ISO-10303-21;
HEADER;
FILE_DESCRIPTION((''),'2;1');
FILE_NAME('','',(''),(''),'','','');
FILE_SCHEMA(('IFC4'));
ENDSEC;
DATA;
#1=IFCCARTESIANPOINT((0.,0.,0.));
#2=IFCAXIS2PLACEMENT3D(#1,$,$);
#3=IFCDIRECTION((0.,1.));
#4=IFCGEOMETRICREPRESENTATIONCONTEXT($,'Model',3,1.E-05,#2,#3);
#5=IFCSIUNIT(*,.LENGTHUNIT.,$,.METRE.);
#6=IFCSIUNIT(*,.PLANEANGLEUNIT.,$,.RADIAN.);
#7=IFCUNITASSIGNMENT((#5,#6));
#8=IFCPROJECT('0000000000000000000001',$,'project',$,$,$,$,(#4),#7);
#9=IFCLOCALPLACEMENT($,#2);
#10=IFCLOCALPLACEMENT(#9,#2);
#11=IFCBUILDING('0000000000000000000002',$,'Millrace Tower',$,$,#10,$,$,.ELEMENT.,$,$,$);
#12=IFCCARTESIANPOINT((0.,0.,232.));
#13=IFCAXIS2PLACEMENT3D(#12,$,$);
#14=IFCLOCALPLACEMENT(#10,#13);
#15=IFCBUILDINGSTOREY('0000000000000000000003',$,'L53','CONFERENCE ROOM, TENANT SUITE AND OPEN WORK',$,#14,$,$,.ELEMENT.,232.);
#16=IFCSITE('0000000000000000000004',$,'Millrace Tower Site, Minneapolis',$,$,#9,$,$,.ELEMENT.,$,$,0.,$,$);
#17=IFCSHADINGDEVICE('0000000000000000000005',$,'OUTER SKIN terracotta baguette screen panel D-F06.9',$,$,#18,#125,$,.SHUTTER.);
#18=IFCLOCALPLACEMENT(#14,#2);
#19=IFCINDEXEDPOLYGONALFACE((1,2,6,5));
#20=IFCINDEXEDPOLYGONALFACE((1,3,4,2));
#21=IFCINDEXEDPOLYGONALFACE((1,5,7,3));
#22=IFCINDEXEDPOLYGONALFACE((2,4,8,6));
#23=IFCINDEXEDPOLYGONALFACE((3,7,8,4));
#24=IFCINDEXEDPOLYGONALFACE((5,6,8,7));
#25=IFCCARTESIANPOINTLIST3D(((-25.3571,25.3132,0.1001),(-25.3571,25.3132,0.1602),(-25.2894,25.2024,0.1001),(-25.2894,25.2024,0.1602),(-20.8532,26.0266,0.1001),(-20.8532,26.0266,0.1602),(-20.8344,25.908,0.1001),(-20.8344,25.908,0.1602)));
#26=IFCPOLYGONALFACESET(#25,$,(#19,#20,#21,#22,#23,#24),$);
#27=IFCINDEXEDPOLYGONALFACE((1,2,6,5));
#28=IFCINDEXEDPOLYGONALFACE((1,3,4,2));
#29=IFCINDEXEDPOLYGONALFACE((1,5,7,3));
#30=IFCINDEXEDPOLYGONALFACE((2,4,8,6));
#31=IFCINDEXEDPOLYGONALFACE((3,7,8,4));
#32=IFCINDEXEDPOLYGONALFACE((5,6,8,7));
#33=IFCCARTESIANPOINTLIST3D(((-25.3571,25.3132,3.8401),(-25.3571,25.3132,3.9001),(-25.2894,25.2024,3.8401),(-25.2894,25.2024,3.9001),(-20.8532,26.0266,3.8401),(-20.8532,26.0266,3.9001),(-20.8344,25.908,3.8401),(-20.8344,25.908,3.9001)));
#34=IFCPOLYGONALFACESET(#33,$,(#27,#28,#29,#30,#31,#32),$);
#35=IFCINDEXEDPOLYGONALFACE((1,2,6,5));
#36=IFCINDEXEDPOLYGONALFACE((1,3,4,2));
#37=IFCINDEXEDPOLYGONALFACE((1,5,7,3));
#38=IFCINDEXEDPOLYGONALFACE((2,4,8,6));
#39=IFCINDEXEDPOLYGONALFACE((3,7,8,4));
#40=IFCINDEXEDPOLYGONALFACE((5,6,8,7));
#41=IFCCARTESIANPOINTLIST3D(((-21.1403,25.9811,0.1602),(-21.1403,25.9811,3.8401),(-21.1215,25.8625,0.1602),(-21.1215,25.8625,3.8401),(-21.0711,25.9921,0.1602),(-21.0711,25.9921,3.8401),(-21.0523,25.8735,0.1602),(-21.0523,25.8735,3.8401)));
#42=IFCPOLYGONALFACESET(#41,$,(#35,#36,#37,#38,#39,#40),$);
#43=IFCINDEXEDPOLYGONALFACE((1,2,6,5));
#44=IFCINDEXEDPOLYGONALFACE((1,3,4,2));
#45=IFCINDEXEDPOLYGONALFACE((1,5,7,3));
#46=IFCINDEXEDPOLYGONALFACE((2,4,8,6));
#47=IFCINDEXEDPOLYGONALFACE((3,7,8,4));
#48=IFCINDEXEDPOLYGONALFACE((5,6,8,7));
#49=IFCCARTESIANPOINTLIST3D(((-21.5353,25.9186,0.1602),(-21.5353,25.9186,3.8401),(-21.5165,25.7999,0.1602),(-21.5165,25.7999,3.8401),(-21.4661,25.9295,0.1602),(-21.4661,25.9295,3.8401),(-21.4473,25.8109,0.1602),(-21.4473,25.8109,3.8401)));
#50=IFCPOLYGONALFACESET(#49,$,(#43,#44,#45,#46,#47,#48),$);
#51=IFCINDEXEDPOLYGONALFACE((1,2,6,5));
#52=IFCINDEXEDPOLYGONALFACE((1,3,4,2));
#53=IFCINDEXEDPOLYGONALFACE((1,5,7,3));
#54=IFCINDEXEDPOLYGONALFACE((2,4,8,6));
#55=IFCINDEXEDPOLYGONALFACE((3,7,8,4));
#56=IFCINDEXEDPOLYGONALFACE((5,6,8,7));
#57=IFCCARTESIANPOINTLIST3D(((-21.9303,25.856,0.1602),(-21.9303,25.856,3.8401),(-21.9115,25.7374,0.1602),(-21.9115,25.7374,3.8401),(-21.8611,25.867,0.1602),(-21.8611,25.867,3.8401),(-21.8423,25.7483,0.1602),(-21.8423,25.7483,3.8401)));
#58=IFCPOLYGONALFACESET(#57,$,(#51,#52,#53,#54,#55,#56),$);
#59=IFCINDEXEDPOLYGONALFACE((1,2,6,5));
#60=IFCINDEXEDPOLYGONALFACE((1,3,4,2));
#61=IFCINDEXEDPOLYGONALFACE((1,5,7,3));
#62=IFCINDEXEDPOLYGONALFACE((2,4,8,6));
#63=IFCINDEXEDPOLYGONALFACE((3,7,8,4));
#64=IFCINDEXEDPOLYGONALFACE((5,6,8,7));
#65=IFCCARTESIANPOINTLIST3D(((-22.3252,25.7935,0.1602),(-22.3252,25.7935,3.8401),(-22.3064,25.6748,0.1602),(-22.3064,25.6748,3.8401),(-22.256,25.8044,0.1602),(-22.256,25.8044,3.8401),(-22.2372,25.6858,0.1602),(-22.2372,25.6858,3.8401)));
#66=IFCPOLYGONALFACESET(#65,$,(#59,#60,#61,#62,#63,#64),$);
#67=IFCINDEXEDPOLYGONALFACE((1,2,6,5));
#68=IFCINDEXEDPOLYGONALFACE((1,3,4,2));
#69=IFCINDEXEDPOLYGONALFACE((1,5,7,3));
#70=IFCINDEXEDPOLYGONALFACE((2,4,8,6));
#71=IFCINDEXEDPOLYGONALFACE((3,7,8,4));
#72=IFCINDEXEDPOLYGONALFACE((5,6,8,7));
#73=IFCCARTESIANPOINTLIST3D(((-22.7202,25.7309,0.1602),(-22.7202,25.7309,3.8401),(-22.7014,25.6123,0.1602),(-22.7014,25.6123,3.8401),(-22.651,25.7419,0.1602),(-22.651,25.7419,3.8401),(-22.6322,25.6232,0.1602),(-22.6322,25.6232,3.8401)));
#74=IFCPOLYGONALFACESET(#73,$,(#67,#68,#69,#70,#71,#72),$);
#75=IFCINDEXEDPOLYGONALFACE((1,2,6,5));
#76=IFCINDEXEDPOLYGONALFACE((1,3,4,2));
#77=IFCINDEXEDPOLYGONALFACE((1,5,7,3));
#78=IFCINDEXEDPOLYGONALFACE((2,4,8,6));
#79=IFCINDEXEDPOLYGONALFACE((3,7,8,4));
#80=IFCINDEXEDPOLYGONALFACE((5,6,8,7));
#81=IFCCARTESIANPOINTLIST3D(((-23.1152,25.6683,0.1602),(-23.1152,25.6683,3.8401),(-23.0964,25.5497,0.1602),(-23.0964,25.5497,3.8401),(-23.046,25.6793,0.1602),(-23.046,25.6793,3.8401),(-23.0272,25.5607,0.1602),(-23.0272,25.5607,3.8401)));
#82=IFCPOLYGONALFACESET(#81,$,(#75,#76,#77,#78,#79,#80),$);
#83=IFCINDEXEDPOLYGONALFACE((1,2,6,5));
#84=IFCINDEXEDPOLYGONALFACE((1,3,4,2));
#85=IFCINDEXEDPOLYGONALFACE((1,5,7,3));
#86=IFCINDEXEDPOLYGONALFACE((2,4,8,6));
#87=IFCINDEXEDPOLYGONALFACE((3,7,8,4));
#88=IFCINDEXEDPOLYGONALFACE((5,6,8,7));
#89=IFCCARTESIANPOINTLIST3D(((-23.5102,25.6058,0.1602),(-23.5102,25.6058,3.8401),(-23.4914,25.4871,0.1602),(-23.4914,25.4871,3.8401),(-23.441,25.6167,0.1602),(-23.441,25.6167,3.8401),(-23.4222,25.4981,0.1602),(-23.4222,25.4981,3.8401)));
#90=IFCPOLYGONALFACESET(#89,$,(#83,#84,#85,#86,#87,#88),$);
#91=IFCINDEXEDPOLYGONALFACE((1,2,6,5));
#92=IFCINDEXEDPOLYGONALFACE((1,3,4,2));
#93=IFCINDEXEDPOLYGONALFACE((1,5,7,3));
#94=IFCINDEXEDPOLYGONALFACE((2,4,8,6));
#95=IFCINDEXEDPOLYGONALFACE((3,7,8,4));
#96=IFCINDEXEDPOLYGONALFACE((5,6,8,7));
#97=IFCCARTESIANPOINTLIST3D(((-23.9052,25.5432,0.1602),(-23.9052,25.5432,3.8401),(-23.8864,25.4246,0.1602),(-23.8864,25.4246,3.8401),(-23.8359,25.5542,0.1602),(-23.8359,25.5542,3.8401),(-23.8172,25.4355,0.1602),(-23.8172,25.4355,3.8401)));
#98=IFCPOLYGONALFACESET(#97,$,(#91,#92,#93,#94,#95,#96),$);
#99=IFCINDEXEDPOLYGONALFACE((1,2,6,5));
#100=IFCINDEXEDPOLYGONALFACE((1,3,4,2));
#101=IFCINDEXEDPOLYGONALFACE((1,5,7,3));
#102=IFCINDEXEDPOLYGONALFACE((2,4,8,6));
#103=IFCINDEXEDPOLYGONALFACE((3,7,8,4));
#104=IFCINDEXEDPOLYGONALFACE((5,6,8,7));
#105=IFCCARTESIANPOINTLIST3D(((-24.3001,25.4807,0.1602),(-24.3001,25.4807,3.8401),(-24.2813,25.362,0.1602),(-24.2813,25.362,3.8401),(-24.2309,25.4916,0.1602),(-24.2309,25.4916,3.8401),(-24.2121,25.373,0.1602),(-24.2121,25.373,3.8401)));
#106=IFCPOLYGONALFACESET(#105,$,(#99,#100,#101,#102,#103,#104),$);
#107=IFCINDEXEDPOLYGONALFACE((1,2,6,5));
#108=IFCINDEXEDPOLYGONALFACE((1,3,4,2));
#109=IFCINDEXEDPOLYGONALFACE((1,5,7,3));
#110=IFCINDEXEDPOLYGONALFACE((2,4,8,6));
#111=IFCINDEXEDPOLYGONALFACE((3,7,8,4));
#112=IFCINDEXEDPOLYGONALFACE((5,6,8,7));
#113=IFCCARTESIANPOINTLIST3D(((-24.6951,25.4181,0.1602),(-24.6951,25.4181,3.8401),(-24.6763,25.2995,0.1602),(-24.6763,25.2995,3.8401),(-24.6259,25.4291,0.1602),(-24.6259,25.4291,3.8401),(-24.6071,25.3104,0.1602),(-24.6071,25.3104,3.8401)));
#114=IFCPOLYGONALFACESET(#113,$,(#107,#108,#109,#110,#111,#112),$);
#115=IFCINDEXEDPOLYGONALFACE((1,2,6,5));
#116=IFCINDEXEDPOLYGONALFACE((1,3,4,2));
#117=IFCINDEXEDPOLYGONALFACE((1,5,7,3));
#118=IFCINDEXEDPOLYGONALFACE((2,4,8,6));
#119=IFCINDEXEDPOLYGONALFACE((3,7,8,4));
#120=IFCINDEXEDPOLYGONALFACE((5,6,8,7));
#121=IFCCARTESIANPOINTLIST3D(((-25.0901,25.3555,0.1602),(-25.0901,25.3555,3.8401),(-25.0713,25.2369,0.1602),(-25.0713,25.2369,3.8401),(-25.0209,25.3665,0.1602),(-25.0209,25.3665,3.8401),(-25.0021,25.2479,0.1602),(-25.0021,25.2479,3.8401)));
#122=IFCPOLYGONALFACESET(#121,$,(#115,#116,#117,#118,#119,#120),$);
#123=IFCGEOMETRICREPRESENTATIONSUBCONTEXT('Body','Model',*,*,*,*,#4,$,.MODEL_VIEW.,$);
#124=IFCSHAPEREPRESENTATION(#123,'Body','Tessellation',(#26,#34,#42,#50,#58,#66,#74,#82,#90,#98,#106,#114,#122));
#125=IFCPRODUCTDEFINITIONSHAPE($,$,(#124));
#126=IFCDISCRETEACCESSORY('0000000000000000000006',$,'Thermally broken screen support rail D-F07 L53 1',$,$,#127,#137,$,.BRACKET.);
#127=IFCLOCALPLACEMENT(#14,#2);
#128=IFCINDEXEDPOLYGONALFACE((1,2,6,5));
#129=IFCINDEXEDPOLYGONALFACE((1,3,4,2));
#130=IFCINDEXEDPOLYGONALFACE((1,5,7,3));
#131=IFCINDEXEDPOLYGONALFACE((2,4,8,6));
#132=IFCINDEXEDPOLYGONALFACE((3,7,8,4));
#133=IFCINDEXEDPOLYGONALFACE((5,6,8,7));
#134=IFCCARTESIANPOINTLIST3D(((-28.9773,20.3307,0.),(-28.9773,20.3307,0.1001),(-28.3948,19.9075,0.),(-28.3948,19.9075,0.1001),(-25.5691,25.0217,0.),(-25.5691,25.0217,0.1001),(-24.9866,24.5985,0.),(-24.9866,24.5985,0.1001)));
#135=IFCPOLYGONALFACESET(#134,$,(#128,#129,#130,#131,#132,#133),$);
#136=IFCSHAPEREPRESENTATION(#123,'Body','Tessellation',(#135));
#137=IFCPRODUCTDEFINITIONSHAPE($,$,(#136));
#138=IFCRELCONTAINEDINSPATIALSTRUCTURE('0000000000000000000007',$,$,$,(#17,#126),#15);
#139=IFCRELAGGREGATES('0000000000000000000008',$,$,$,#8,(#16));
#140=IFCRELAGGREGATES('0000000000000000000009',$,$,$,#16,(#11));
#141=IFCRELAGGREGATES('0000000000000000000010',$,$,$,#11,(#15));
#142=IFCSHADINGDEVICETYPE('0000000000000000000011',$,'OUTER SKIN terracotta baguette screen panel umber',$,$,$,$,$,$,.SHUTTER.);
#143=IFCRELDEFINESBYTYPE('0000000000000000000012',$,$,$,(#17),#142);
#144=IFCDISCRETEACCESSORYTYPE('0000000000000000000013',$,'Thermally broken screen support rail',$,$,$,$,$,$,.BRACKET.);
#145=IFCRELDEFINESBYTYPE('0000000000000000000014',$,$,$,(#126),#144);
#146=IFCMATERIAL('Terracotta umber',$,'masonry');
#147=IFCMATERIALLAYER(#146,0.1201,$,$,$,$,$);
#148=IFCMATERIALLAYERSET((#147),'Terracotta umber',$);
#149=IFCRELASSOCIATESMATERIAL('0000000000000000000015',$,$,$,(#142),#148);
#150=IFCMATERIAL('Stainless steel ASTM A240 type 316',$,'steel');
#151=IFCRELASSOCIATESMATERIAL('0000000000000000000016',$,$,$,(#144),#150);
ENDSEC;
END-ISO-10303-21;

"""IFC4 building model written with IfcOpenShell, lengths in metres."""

from ifc_helpers import new_model, entity, si_unit, direction, frame, frame_2d, origin, origin_2d, place, context, subcontext, project, spatial, rectangle, extrude, source, transform, mapped, material, layer, layer_set, type_object, element, save


model = new_model("IFC4")

# Units and contexts
model_context = context("Model", 3, precision=1e-05, world=origin(), true_north=direction((0.0, 1.0)))
body_context = subcontext(model_context, "Body", "Model", "MODEL_VIEW")
ifc_project = project(units=[si_unit("LENGTHUNIT", "METRE"), si_unit("PLANEANGLEUNIT", "RADIAN")], contexts=[model_context])

# Site, building, storey
site_placement = place(None, origin())
site = spatial("IfcSite", under=ifc_project, at=site_placement, Name="Millrace Tower Site, Minneapolis", CompositionType="ELEMENT", RefElevation=0.0)
building_placement = place(site_placement, origin())
building = spatial("IfcBuilding", under=site, at=building_placement, Name="Millrace Tower", CompositionType="ELEMENT")
storey_placement = place(building_placement, frame((0.0, 0.0, 232.0)))
storey = spatial("IfcBuildingStorey", under=building, at=storey_placement, Name="L53", Description="CONFERENCE ROOM, TENANT SUITE AND OPEN WORK", CompositionType="ELEMENT", Elevation=232.0)

# Shading device
ifc_material_1 = material(Name="Terracotta umber", Category="masonry")
ifc_layer_1 = layer(ifc_material_1, 0.1201)
ifc_layer_set_1 = layer_set([ifc_layer_1], Name="Terracotta umber")
shading_device_type = type_object("IfcShadingDeviceType", Name="OUTER SKIN terracotta baguette screen panel umber", PredefinedType="SHUTTER", material=ifc_layer_set_1)
cartesian_point_1 = entity("IfcCartesianPoint", [-2.2676, 0.0601])
shared_polyline_1 = entity("IfcPolyline", [cartesian_point_1, entity("IfcCartesianPoint", [2.2429, 0.0601]), entity("IfcCartesianPoint", [2.2925, -0.0601]), entity("IfcCartesianPoint", [-2.2676, -0.0601]), cartesian_point_1])
shared_shape_1 = source(origin(), body_context, "Body", "SweptSolid", [
    entity("IfcExtrudedAreaSolid", entity("IfcArbitraryClosedProfileDef", "AREA", None, shared_polyline_1), entity("IfcAxis2Placement3D", entity("IfcCartesianPoint", [0.0, 0.0, 0.0])), entity("IfcDirection", [0.0, 0.0, 1.0]), 0.0601),
    entity("IfcExtrudedAreaSolid", entity("IfcArbitraryClosedProfileDef", "AREA", None, shared_polyline_1), entity("IfcAxis2Placement3D", entity("IfcCartesianPoint", [0.0, 0.0, 3.74])), entity("IfcDirection", [0.0, 0.0, 1.0]), 0.0601),
    extrude(rectangle(XDim=0.0701, YDim=0.1201, at=frame_2d((-2.012, 0.0))), frame((0.0, 0.0, 0.0601)), (0.0, 0.0, 1.0), 3.6799),
    extrude(rectangle(XDim=0.0701, YDim=0.1201, at=frame_2d((-1.6121, 0.0))), frame((0.0, 0.0, 0.0601)), (0.0, 0.0, 1.0), 3.6799),
    extrude(rectangle(XDim=0.0701, YDim=0.1201, at=frame_2d((-1.2122, 0.0))), frame((0.0, 0.0, 0.0601)), (0.0, 0.0, 1.0), 3.6799),
    extrude(rectangle(XDim=0.0701, YDim=0.1201, at=frame_2d((-0.8123, 0.0))), frame((0.0, 0.0, 0.0601)), (0.0, 0.0, 1.0), 3.6799),
    extrude(rectangle(XDim=0.0701, YDim=0.1201, at=frame_2d((-0.4124, 0.0))), frame((0.0, 0.0, 0.0601)), (0.0, 0.0, 1.0), 3.6799),
    extrude(rectangle(XDim=0.0701, YDim=0.1201, at=frame_2d((-0.0125, 0.0))), frame((0.0, 0.0, 0.0601)), (0.0, 0.0, 1.0), 3.6799),
    extrude(rectangle(XDim=0.0701, YDim=0.1201, at=frame_2d((0.3875, 0.0))), frame((0.0, 0.0, 0.0601)), (0.0, 0.0, 1.0), 3.6799),
    extrude(rectangle(XDim=0.0701, YDim=0.1201, at=frame_2d((0.7874, 0.0))), frame((0.0, 0.0, 0.0601)), (0.0, 0.0, 1.0), 3.6799),
    extrude(rectangle(XDim=0.0701, YDim=0.1201, at=frame_2d((1.1873, 0.0))), frame((0.0, 0.0, 0.0601)), (0.0, 0.0, 1.0), 3.6799),
    extrude(rectangle(XDim=0.0701, YDim=0.1201, at=frame_2d((1.5872, 0.0))), frame((0.0, 0.0, 0.0601)), (0.0, 0.0, 1.0), 3.6799),
    extrude(rectangle(XDim=0.0701, YDim=0.1201, at=frame_2d((1.9871, 0.0))), frame((0.0, 0.0, 0.0601)), (0.0, 0.0, 1.0), 3.6799),
])
shading_device_1_placement = place(storey_placement, frame((-23.0835, 25.6125, 0.1001), z_axis=(0.0, 0.0, 1.0), x_axis=(-0.987688, -0.156434, 0.0)))
element("IfcShadingDevice", 1, at=shading_device_1_placement, inside=storey, type_object=shading_device_type, Name="OUTER SKIN terracotta baguette screen panel D-F06.9", PredefinedType="SHUTTER", context=body_context, shape_type="MappedRepresentation", body=[
    mapped(shared_shape_1, transform((0.0, 0.0, 0.0), scale=1.0)),
])

# Discrete accessory
ifc_material_2 = material(Name="Stainless steel ASTM A240 type 316", Category="steel")
discrete_accessory_type = type_object("IfcDiscreteAccessoryType", Name="Thermally broken screen support rail", PredefinedType="BRACKET", material=ifc_material_2)
discrete_accessory_placement = place(storey_placement, frame((-26.9819, 22.4646, 0.0), z_axis=(0.0, 0.0, 1.0), x_axis=(-0.587785, -0.809017, 0.0)))
element("IfcDiscreteAccessory", 2, at=discrete_accessory_placement, inside=storey, type_object=discrete_accessory_type, Name="Thermally broken screen support rail D-F07 L53 1", PredefinedType="BRACKET", context=body_context, shape_type="SweptSolid", body=[
    extrude(rectangle(XDim=5.7983, YDim=0.72, at=origin_2d()), origin(), (0.0, 0.0, 1.0), 0.1001),
])

save(model, "model.ifc")
